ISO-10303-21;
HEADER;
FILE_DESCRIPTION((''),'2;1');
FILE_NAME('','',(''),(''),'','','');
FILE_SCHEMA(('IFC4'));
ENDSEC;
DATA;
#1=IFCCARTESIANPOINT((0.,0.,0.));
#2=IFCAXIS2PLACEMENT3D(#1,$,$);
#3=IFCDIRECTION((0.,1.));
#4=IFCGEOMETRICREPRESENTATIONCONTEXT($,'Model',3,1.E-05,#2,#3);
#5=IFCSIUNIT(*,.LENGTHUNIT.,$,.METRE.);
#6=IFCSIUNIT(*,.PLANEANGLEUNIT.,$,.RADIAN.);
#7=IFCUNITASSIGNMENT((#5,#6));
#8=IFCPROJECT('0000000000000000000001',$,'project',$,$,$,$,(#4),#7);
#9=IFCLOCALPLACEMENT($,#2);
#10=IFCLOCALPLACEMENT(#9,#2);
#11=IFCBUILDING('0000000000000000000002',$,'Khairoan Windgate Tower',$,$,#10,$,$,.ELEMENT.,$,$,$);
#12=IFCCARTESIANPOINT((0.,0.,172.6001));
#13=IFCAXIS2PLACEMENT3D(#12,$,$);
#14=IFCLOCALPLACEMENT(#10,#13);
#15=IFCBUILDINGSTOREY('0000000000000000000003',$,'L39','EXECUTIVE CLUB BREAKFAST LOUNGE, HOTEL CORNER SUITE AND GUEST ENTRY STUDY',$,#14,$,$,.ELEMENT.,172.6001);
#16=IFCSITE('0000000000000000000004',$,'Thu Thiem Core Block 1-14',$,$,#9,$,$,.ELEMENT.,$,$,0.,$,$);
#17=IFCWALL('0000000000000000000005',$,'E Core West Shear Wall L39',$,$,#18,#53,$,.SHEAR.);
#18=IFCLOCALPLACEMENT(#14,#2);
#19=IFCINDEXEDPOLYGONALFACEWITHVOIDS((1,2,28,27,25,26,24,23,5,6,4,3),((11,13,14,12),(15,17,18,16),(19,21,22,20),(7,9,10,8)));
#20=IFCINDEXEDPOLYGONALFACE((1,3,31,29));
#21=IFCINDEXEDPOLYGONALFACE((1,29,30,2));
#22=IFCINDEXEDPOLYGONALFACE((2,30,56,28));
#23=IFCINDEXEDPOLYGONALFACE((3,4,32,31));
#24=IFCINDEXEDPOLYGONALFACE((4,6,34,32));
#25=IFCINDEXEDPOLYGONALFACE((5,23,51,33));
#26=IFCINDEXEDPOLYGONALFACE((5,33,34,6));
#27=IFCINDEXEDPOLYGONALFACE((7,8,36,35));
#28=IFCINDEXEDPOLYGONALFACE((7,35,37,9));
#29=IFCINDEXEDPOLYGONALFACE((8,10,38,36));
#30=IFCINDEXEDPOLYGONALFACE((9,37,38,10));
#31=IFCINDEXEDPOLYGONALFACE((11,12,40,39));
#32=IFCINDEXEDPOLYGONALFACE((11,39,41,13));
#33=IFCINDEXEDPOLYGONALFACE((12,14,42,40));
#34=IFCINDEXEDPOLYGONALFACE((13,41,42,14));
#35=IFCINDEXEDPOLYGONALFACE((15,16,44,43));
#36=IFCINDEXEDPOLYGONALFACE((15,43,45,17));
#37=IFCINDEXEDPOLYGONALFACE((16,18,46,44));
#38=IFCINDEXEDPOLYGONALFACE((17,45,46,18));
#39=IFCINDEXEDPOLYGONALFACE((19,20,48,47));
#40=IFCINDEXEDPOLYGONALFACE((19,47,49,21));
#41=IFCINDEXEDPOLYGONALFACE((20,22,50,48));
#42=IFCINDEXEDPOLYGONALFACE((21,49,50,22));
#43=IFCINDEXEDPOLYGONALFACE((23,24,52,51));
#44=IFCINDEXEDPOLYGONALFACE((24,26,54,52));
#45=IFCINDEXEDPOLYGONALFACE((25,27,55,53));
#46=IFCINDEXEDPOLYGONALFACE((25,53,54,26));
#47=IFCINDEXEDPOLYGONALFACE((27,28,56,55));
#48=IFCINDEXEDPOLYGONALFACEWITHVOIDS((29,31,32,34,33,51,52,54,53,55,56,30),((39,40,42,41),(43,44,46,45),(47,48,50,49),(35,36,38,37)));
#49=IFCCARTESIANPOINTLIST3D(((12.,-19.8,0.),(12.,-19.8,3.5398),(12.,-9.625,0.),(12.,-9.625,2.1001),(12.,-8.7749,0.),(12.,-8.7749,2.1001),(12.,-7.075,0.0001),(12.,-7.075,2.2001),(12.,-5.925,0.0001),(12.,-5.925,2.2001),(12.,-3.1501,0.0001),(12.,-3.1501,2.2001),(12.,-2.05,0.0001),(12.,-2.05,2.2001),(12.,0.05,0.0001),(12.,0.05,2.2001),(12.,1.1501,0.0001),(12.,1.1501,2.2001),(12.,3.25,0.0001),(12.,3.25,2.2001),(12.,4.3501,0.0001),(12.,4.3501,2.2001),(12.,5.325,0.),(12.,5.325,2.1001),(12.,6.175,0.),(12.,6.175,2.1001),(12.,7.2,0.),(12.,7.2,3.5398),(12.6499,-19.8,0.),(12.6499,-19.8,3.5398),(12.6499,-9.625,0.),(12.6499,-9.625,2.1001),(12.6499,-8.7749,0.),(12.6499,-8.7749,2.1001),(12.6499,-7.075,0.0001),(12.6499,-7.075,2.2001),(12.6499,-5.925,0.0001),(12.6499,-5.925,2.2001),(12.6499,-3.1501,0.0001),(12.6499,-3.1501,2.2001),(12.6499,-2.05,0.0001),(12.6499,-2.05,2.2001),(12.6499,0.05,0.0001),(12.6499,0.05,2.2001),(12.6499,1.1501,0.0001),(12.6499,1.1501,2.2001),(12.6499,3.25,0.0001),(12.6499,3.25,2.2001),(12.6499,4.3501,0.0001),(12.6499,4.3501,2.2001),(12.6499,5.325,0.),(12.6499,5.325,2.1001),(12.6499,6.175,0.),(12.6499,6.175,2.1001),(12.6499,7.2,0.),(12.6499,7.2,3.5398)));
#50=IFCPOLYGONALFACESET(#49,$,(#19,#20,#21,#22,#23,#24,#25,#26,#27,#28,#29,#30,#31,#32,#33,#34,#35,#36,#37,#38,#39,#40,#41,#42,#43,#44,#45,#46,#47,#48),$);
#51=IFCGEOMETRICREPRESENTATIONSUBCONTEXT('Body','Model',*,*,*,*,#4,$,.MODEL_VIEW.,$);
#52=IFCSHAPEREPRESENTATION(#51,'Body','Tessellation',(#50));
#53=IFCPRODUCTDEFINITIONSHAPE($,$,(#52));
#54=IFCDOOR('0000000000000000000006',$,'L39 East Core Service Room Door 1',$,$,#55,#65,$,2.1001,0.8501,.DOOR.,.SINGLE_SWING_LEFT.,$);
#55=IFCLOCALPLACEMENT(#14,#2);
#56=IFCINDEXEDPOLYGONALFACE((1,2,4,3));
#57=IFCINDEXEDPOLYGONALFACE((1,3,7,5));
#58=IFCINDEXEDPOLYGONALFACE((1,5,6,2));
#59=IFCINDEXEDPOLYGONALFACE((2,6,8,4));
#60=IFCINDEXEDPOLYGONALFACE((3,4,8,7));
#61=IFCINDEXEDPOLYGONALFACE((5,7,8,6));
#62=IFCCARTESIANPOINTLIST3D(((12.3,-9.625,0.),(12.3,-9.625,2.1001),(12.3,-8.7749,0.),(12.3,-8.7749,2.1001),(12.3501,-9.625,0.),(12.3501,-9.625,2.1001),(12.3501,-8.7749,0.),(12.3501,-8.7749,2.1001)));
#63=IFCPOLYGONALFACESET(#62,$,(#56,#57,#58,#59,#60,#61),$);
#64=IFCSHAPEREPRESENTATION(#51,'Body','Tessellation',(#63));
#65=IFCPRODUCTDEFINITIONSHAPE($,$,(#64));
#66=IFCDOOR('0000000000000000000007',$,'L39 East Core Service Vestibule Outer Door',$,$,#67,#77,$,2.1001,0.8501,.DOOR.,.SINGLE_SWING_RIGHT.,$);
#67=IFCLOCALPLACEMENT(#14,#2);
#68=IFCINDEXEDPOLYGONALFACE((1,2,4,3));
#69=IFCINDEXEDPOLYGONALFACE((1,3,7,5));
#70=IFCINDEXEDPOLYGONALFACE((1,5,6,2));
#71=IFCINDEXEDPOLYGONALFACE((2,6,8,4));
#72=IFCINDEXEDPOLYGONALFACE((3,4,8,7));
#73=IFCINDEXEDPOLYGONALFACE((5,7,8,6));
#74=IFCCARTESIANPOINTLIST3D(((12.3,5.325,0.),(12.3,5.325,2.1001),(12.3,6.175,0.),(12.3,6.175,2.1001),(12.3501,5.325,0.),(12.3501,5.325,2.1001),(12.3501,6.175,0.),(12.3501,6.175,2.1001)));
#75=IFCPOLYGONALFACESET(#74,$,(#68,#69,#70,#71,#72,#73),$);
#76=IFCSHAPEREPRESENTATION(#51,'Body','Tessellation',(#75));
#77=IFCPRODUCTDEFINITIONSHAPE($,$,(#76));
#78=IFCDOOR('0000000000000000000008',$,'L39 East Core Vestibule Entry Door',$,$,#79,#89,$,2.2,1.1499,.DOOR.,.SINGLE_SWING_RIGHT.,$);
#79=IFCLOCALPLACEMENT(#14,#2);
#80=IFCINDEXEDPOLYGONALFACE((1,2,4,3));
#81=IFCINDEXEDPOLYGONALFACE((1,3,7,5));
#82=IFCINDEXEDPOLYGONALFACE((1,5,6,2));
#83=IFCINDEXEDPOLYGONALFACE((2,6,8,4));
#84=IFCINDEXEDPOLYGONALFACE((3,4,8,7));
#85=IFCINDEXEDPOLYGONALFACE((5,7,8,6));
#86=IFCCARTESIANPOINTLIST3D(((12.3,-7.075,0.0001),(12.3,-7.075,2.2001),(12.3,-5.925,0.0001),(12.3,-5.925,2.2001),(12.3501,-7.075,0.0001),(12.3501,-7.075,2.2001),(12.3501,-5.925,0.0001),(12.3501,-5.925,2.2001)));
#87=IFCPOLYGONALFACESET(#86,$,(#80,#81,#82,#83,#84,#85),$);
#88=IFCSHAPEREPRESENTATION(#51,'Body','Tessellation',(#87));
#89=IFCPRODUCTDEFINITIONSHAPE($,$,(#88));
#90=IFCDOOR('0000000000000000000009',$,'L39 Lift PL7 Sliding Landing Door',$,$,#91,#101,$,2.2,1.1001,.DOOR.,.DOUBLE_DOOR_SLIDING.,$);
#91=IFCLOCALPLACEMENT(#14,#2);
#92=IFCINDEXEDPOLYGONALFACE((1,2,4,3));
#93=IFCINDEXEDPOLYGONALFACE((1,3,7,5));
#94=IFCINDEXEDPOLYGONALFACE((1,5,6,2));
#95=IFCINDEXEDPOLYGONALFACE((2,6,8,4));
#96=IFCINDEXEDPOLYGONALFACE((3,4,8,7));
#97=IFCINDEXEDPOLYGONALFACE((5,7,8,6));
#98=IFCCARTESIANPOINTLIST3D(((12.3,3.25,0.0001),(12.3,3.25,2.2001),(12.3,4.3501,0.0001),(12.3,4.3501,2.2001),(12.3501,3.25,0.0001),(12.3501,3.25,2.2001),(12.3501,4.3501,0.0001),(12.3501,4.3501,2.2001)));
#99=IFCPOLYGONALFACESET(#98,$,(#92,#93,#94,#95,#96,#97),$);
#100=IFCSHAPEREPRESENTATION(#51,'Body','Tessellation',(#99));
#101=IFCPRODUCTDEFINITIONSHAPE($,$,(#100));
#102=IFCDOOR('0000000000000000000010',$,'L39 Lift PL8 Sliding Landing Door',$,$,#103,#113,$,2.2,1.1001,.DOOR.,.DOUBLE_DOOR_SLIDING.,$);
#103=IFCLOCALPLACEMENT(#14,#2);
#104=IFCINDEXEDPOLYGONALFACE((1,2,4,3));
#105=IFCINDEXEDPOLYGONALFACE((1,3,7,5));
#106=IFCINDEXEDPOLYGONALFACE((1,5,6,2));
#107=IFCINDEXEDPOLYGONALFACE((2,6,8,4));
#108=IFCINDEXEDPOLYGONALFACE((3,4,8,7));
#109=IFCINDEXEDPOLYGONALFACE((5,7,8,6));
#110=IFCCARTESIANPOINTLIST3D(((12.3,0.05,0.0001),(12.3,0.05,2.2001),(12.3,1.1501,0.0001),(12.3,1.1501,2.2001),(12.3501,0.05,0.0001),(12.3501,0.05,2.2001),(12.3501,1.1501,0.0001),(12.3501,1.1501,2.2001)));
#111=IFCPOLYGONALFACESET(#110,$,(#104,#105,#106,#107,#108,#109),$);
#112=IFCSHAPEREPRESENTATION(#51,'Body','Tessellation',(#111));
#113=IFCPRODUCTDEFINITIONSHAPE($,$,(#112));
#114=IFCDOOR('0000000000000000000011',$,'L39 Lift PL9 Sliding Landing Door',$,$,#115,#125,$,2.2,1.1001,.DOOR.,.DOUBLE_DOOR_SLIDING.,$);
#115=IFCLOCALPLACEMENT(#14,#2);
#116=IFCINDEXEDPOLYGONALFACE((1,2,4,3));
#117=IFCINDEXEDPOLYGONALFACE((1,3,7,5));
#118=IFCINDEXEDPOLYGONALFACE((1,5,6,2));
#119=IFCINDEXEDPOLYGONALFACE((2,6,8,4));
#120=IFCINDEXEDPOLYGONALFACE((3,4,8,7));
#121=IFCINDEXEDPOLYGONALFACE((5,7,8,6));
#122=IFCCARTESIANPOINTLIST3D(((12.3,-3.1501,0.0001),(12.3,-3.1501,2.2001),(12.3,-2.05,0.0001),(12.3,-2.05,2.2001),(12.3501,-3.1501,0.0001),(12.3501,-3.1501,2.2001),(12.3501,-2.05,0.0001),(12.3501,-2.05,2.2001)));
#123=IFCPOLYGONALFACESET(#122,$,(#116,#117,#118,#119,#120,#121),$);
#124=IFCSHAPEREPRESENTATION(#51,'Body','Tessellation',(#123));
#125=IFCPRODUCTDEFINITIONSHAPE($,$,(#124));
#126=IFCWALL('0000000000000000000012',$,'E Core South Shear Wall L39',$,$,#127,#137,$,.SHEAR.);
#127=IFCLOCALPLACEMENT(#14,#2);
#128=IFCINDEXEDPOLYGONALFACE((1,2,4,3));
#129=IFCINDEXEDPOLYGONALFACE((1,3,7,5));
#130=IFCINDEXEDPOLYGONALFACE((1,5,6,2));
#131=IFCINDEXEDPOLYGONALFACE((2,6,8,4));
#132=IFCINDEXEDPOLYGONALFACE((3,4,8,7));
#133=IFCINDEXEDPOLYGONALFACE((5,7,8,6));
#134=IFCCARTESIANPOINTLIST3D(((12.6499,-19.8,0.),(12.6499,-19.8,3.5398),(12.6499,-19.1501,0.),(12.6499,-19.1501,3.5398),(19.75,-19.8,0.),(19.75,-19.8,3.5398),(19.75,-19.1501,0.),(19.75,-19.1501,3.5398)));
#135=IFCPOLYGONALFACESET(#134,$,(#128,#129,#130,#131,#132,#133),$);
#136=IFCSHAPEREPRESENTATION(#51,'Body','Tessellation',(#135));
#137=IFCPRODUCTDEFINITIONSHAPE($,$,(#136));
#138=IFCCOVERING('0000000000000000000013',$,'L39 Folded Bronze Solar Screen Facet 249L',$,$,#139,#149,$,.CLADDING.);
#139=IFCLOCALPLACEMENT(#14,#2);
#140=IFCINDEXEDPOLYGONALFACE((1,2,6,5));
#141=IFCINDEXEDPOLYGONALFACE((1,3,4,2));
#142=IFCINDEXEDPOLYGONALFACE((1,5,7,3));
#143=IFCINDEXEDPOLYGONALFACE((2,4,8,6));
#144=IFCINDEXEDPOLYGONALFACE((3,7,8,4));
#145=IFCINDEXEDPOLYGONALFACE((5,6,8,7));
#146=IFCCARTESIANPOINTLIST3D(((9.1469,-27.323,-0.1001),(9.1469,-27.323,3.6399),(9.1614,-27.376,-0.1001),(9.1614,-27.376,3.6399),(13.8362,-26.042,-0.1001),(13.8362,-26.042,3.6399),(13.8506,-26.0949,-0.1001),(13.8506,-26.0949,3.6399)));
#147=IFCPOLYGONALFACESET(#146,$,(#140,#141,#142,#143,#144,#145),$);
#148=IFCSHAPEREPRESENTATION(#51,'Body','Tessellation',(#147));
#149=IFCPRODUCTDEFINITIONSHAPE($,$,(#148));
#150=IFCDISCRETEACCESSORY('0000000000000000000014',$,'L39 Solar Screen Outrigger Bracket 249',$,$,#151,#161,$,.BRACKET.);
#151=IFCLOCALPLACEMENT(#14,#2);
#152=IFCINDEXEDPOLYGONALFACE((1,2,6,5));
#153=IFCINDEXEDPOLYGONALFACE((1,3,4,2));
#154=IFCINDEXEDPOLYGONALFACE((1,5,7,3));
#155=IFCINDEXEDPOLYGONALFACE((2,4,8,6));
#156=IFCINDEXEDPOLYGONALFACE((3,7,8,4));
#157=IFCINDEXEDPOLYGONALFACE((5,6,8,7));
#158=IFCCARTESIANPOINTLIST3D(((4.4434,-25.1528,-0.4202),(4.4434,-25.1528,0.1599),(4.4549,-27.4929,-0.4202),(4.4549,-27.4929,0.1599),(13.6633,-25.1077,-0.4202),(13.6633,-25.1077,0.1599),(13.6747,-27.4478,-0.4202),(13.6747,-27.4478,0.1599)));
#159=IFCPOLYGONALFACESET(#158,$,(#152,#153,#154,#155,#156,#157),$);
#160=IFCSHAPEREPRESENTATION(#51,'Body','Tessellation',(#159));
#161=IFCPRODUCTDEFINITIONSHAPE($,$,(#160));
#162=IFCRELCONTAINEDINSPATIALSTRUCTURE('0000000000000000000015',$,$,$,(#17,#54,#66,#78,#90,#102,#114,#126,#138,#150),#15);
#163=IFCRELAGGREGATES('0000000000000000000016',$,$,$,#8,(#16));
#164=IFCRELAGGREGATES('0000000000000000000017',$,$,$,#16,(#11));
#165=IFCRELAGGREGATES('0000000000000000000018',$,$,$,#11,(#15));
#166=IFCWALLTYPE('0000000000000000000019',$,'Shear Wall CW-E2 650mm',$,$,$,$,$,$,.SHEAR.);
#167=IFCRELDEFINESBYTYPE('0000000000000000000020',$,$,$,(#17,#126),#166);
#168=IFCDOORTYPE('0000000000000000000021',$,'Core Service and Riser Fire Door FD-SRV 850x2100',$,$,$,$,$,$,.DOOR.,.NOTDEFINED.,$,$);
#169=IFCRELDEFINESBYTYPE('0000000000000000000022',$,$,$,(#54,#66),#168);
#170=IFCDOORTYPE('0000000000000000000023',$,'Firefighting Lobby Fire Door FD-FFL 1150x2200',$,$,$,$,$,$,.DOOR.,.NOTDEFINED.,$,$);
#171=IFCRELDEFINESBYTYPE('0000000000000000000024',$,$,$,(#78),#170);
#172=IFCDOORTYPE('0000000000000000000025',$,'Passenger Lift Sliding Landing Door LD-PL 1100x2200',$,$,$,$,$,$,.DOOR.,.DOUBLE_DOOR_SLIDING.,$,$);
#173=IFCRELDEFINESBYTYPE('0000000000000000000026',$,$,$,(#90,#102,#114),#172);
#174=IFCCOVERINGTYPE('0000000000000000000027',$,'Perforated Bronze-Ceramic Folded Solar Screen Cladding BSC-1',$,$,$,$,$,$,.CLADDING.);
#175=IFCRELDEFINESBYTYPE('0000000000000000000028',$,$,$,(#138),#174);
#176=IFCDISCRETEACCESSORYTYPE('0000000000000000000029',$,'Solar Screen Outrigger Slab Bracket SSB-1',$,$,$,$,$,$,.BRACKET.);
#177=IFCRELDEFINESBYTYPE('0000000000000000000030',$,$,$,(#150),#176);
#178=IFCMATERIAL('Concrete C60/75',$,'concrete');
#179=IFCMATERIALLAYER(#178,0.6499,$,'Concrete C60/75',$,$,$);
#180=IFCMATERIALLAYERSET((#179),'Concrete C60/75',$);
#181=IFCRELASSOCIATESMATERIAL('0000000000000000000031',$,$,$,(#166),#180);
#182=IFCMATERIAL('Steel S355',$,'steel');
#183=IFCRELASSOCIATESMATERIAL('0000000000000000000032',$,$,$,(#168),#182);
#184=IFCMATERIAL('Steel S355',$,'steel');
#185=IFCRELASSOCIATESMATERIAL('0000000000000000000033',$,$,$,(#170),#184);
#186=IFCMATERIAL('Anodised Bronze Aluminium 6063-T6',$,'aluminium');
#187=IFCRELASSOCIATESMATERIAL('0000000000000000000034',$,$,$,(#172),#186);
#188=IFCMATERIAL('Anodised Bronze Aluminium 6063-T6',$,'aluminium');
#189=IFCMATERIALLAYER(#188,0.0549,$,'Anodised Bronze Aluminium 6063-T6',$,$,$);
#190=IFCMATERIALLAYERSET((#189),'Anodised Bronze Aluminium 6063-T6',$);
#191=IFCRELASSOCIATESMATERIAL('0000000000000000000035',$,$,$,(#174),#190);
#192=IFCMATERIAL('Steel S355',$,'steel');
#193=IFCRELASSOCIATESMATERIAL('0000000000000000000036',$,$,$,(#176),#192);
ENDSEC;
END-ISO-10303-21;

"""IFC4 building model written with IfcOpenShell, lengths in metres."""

from ifc_helpers import new_model, si_unit, direction, frame, frame_2d, origin, origin_2d, place, context, subcontext, project, spatial, rectangle, extrude, material, layer, layer_set, type_object, element, fill, save


model = new_model("IFC4")

# Units and contexts
model_context = context("Model", 3, precision=1e-05, world=origin(), true_north=direction((0.0, 1.0)))
body_context = subcontext(model_context, "Body", "Model", "MODEL_VIEW")
ifc_project = project(units=[si_unit("LENGTHUNIT", "METRE"), si_unit("PLANEANGLEUNIT", "RADIAN")], contexts=[model_context])

# Site, building, storey
site_placement = place(None, origin())
site = spatial("IfcSite", under=ifc_project, at=site_placement, Name="Thu Thiem Core Block 1-14", CompositionType="ELEMENT", RefElevation=0.0)
building_placement = place(site_placement, origin())
building = spatial("IfcBuilding", under=site, at=building_placement, Name="Khairoan Windgate Tower", CompositionType="ELEMENT")
storey_placement = place(building_placement, frame((0.0, 0.0, 172.6001)))
storey = spatial("IfcBuildingStorey", under=building, at=storey_placement, Name="L39", Description="EXECUTIVE CLUB BREAKFAST LOUNGE, HOTEL CORNER SUITE AND GUEST ENTRY STUDY", CompositionType="ELEMENT", Elevation=172.6001)

# Wall, openings, doors
ifc_material_1 = material(Name="Concrete C60/75", Category="concrete")
ifc_layer_1 = layer(ifc_material_1, 0.6499, Name="Concrete C60/75")
ifc_layer_set_1 = layer_set([ifc_layer_1], Name="Concrete C60/75")
wall_type_1 = type_object("IfcWallType", Name="Shear Wall CW-E2 650mm", PredefinedType="SHEAR", material=ifc_layer_set_1)
wall_1_placement = place(storey_placement, frame((12.325, -19.8, 0.0), z_axis=(0.0, 0.0, 1.0), x_axis=(0.0, 1.0, 0.0)))
wall_1 = element("IfcWall", 1, at=wall_1_placement, inside=storey, type_object=wall_type_1, Name="E Core West Shear Wall L39", PredefinedType="SHEAR", context=body_context, shape_type="SweptSolid", body=[
    extrude(rectangle(XDim=27.0, YDim=0.6499, at=frame_2d((13.5, 0.0))), origin(), (0.0, 0.0, 1.0), 3.5398),
])
opening_1_placement = place(wall_1_placement, frame((23.05, 0.0, 0.0)))
opening_1 = element("IfcOpeningElement", 2, at=opening_1_placement, cuts=wall_1, PredefinedType="OPENING", context=body_context, shape_type="SweptSolid", body=[
    extrude(rectangle(XDim=1.1001, YDim=2.2, at=frame_2d((0.55, 1.1001))), frame((0.0, 0.335, 0.0), z_axis=(0.0, -1.0, 0.0), x_axis=(1.0, 0.0, 0.0)), (0.0, 0.0, 1.0), 0.6699),
])
opening_2_placement = place(wall_1_placement, frame((19.8501, 0.0, 0.0)))
opening_2 = element("IfcOpeningElement", 3, at=opening_2_placement, cuts=wall_1, PredefinedType="OPENING", context=body_context, shape_type="SweptSolid", body=[
    extrude(rectangle(XDim=1.1001, YDim=2.2, at=frame_2d((0.55, 1.1001))), frame((0.0, 0.335, 0.0), z_axis=(0.0, -1.0, 0.0), x_axis=(1.0, 0.0, 0.0)), (0.0, 0.0, 1.0), 0.6699),
])
opening_3_placement = place(wall_1_placement, frame((16.6499, 0.0, 0.0)))
opening_3 = element("IfcOpeningElement", 4, at=opening_3_placement, cuts=wall_1, PredefinedType="OPENING", context=body_context, shape_type="SweptSolid", body=[
    extrude(rectangle(XDim=1.1001, YDim=2.2, at=frame_2d((0.55, 1.1001))), frame((0.0, 0.335, 0.0), z_axis=(0.0, -1.0, 0.0), x_axis=(1.0, 0.0, 0.0)), (0.0, 0.0, 1.0), 0.6699),
])
opening_4_placement = place(wall_1_placement, frame((10.175, 0.0, 0.0)))
opening_4 = element("IfcOpeningElement", 5, at=opening_4_placement, cuts=wall_1, PredefinedType="OPENING", context=body_context, shape_type="SweptSolid", body=[
    extrude(rectangle(XDim=0.8501, YDim=2.1001, at=frame_2d((0.425, 1.05))), frame((0.0, 0.335, 0.0), z_axis=(0.0, -1.0, 0.0), x_axis=(1.0, 0.0, 0.0)), (0.0, 0.0, 1.0), 0.6699),
])
opening_5_placement = place(wall_1_placement, frame((12.7251, 0.0, 0.0)))
opening_5 = element("IfcOpeningElement", 6, at=opening_5_placement, cuts=wall_1, PredefinedType="OPENING", context=body_context, shape_type="SweptSolid", body=[
    extrude(rectangle(XDim=1.1499, YDim=2.2, at=frame_2d((0.575, 1.1001))), frame((0.0, 0.335, 0.0), z_axis=(0.0, -1.0, 0.0), x_axis=(1.0, 0.0, 0.0)), (0.0, 0.0, 1.0), 0.6699),
])
opening_6_placement = place(wall_1_placement, frame((25.125, 0.0, 0.0)))
opening_6 = element("IfcOpeningElement", 7, at=opening_6_placement, cuts=wall_1, PredefinedType="OPENING", context=body_context, shape_type="SweptSolid", body=[
    extrude(rectangle(XDim=0.8501, YDim=2.1001, at=frame_2d((0.425, 1.05))), frame((0.0, 0.335, 0.0), z_axis=(0.0, -1.0, 0.0), x_axis=(1.0, 0.0, 0.0)), (0.0, 0.0, 1.0), 0.6699),
])
ifc_material_2 = material(Name="Steel S355", Category="steel")
door_type_1 = type_object("IfcDoorType", Name="Core Service and Riser Fire Door FD-SRV 850x2100", OperationType="NOTDEFINED", PredefinedType="DOOR", material=ifc_material_2)
door_1_placement = place(opening_4_placement, origin())
door_1 = element("IfcDoor", 8, at=door_1_placement, inside=storey, type_object=door_type_1, Name="L39 East Core Service Room Door 1", OperationType="SINGLE_SWING_LEFT", OverallHeight=2.1001, OverallWidth=0.8501, PredefinedType="DOOR", context=body_context, shape_type="SweptSolid", body=[
    extrude(rectangle(XDim=0.8501, YDim=2.1001, at=frame_2d((0.425, 1.05))), frame((0.0, 0.0249, 0.0), z_axis=(0.0, -1.0, 0.0), x_axis=(1.0, 0.0, 0.0)), (0.0, 0.0, 1.0), 0.05),
])
fill(opening_4, door_1)
door_2_placement = place(opening_6_placement, origin())
door_2 = element("IfcDoor", 9, at=door_2_placement, inside=storey, type_object=door_type_1, Name="L39 East Core Service Vestibule Outer Door", OperationType="SINGLE_SWING_RIGHT", OverallHeight=2.1001, OverallWidth=0.8501, PredefinedType="DOOR", context=body_context, shape_type="SweptSolid", body=[
    extrude(rectangle(XDim=0.8501, YDim=2.1001, at=frame_2d((0.425, 1.05))), frame((0.0, 0.0249, 0.0), z_axis=(0.0, -1.0, 0.0), x_axis=(1.0, 0.0, 0.0)), (0.0, 0.0, 1.0), 0.05),
])
fill(opening_6, door_2)
ifc_material_3 = material(Name="Steel S355", Category="steel")
door_type_2 = type_object("IfcDoorType", Name="Firefighting Lobby Fire Door FD-FFL 1150x2200", OperationType="NOTDEFINED", PredefinedType="DOOR", material=ifc_material_3)
door_3_placement = place(opening_5_placement, origin())
door_3 = element("IfcDoor", 10, at=door_3_placement, inside=storey, type_object=door_type_2, Name="L39 East Core Vestibule Entry Door", OperationType="SINGLE_SWING_RIGHT", OverallHeight=2.2, OverallWidth=1.1499, PredefinedType="DOOR", context=body_context, shape_type="SweptSolid", body=[
    extrude(rectangle(XDim=1.1499, YDim=2.2, at=frame_2d((0.575, 1.1001))), frame((0.0, 0.0249, 0.0), z_axis=(0.0, -1.0, 0.0), x_axis=(1.0, 0.0, 0.0)), (0.0, 0.0, 1.0), 0.05),
])
fill(opening_5, door_3)
ifc_material_4 = material(Name="Anodised Bronze Aluminium 6063-T6", Category="aluminium")
door_type_3 = type_object("IfcDoorType", Name="Passenger Lift Sliding Landing Door LD-PL 1100x2200", OperationType="DOUBLE_DOOR_SLIDING", PredefinedType="DOOR", material=ifc_material_4)
door_4_placement = place(opening_1_placement, origin())
door_4 = element("IfcDoor", 11, at=door_4_placement, inside=storey, type_object=door_type_3, Name="L39 Lift PL7 Sliding Landing Door", OperationType="DOUBLE_DOOR_SLIDING", OverallHeight=2.2, OverallWidth=1.1001, PredefinedType="DOOR", context=body_context, shape_type="SweptSolid", body=[
    extrude(rectangle(XDim=1.1001, YDim=2.2, at=frame_2d((0.55, 1.1001))), frame((0.0, 0.0249, 0.0), z_axis=(0.0, -1.0, 0.0), x_axis=(1.0, 0.0, 0.0)), (0.0, 0.0, 1.0), 0.05),
])
fill(opening_1, door_4)
door_5_placement = place(opening_2_placement, origin())
door_5 = element("IfcDoor", 12, at=door_5_placement, inside=storey, type_object=door_type_3, Name="L39 Lift PL8 Sliding Landing Door", OperationType="DOUBLE_DOOR_SLIDING", OverallHeight=2.2, OverallWidth=1.1001, PredefinedType="DOOR", context=body_context, shape_type="SweptSolid", body=[
    extrude(rectangle(XDim=1.1001, YDim=2.2, at=frame_2d((0.55, 1.1001))), frame((0.0, 0.0249, 0.0), z_axis=(0.0, -1.0, 0.0), x_axis=(1.0, 0.0, 0.0)), (0.0, 0.0, 1.0), 0.05),
])
fill(opening_2, door_5)
door_6_placement = place(opening_3_placement, origin())
door_6 = element("IfcDoor", 13, at=door_6_placement, inside=storey, type_object=door_type_3, Name="L39 Lift PL9 Sliding Landing Door", OperationType="DOUBLE_DOOR_SLIDING", OverallHeight=2.2, OverallWidth=1.1001, PredefinedType="DOOR", context=body_context, shape_type="SweptSolid", body=[
    extrude(rectangle(XDim=1.1001, YDim=2.2, at=frame_2d((0.55, 1.1001))), frame((0.0, 0.0249, 0.0), z_axis=(0.0, -1.0, 0.0), x_axis=(1.0, 0.0, 0.0)), (0.0, 0.0, 1.0), 0.05),
])
fill(opening_3, door_6)

# Wall
wall_2_placement = place(storey_placement, frame((12.6499, -19.4751, 0.0), z_axis=(0.0, 0.0, 1.0), x_axis=(1.0, 0.0, 0.0)))
element("IfcWall", 14, at=wall_2_placement, inside=storey, type_object=wall_type_1, Name="E Core South Shear Wall L39", PredefinedType="SHEAR", context=body_context, shape_type="SweptSolid", body=[
    extrude(rectangle(XDim=7.1001, YDim=0.6499, at=frame_2d((3.55, 0.0))), origin(), (0.0, 0.0, 1.0), 3.5398),
])

# Covering
ifc_material_5 = material(Name="Anodised Bronze Aluminium 6063-T6", Category="aluminium")
ifc_layer_2 = layer(ifc_material_5, 0.0549, Name="Anodised Bronze Aluminium 6063-T6")
ifc_layer_set_2 = layer_set([ifc_layer_2], Name="Anodised Bronze Aluminium 6063-T6")
covering_type = type_object("IfcCoveringType", Name="Perforated Bronze-Ceramic Folded Solar Screen Cladding BSC-1", PredefinedType="CLADDING", material=ifc_layer_set_2)
covering_placement = place(storey_placement, frame((11.4988, -26.709, -0.1001), z_axis=(0.0, 0.0, 1.0), x_axis=(-0.964649, -0.263536, 0.0)))
element("IfcCovering", 15, at=covering_placement, inside=storey, type_object=covering_type, Name="L39 Folded Bronze Solar Screen Facet 249L", PredefinedType="CLADDING", context=body_context, shape_type="SweptSolid", body=[
    extrude(rectangle(XDim=4.8611, YDim=0.0549, at=origin_2d()), origin(), (0.0, 0.0, 1.0), 3.74),
])

# Discrete accessory
ifc_material_6 = material(Name="Steel S355", Category="steel")
discrete_accessory_type = type_object("IfcDiscreteAccessoryType", Name="Solar Screen Outrigger Slab Bracket SSB-1", PredefinedType="BRACKET", material=ifc_material_6)
discrete_accessory_placement = place(storey_placement, frame((9.0591, -26.3003, -0.4202), z_axis=(0.0, 0.0, 1.0), x_axis=(-0.999988, -0.004887, 0.0)))
element("IfcDiscreteAccessory", 16, at=discrete_accessory_placement, inside=storey, type_object=discrete_accessory_type, Name="L39 Solar Screen Outrigger Bracket 249", PredefinedType="BRACKET", context=body_context, shape_type="SweptSolid", body=[
    extrude(rectangle(XDim=9.22, YDim=2.3401, at=origin_2d()), origin(), (0.0, 0.0, 1.0), 0.5801),
])

save(model, "model.ifc")
